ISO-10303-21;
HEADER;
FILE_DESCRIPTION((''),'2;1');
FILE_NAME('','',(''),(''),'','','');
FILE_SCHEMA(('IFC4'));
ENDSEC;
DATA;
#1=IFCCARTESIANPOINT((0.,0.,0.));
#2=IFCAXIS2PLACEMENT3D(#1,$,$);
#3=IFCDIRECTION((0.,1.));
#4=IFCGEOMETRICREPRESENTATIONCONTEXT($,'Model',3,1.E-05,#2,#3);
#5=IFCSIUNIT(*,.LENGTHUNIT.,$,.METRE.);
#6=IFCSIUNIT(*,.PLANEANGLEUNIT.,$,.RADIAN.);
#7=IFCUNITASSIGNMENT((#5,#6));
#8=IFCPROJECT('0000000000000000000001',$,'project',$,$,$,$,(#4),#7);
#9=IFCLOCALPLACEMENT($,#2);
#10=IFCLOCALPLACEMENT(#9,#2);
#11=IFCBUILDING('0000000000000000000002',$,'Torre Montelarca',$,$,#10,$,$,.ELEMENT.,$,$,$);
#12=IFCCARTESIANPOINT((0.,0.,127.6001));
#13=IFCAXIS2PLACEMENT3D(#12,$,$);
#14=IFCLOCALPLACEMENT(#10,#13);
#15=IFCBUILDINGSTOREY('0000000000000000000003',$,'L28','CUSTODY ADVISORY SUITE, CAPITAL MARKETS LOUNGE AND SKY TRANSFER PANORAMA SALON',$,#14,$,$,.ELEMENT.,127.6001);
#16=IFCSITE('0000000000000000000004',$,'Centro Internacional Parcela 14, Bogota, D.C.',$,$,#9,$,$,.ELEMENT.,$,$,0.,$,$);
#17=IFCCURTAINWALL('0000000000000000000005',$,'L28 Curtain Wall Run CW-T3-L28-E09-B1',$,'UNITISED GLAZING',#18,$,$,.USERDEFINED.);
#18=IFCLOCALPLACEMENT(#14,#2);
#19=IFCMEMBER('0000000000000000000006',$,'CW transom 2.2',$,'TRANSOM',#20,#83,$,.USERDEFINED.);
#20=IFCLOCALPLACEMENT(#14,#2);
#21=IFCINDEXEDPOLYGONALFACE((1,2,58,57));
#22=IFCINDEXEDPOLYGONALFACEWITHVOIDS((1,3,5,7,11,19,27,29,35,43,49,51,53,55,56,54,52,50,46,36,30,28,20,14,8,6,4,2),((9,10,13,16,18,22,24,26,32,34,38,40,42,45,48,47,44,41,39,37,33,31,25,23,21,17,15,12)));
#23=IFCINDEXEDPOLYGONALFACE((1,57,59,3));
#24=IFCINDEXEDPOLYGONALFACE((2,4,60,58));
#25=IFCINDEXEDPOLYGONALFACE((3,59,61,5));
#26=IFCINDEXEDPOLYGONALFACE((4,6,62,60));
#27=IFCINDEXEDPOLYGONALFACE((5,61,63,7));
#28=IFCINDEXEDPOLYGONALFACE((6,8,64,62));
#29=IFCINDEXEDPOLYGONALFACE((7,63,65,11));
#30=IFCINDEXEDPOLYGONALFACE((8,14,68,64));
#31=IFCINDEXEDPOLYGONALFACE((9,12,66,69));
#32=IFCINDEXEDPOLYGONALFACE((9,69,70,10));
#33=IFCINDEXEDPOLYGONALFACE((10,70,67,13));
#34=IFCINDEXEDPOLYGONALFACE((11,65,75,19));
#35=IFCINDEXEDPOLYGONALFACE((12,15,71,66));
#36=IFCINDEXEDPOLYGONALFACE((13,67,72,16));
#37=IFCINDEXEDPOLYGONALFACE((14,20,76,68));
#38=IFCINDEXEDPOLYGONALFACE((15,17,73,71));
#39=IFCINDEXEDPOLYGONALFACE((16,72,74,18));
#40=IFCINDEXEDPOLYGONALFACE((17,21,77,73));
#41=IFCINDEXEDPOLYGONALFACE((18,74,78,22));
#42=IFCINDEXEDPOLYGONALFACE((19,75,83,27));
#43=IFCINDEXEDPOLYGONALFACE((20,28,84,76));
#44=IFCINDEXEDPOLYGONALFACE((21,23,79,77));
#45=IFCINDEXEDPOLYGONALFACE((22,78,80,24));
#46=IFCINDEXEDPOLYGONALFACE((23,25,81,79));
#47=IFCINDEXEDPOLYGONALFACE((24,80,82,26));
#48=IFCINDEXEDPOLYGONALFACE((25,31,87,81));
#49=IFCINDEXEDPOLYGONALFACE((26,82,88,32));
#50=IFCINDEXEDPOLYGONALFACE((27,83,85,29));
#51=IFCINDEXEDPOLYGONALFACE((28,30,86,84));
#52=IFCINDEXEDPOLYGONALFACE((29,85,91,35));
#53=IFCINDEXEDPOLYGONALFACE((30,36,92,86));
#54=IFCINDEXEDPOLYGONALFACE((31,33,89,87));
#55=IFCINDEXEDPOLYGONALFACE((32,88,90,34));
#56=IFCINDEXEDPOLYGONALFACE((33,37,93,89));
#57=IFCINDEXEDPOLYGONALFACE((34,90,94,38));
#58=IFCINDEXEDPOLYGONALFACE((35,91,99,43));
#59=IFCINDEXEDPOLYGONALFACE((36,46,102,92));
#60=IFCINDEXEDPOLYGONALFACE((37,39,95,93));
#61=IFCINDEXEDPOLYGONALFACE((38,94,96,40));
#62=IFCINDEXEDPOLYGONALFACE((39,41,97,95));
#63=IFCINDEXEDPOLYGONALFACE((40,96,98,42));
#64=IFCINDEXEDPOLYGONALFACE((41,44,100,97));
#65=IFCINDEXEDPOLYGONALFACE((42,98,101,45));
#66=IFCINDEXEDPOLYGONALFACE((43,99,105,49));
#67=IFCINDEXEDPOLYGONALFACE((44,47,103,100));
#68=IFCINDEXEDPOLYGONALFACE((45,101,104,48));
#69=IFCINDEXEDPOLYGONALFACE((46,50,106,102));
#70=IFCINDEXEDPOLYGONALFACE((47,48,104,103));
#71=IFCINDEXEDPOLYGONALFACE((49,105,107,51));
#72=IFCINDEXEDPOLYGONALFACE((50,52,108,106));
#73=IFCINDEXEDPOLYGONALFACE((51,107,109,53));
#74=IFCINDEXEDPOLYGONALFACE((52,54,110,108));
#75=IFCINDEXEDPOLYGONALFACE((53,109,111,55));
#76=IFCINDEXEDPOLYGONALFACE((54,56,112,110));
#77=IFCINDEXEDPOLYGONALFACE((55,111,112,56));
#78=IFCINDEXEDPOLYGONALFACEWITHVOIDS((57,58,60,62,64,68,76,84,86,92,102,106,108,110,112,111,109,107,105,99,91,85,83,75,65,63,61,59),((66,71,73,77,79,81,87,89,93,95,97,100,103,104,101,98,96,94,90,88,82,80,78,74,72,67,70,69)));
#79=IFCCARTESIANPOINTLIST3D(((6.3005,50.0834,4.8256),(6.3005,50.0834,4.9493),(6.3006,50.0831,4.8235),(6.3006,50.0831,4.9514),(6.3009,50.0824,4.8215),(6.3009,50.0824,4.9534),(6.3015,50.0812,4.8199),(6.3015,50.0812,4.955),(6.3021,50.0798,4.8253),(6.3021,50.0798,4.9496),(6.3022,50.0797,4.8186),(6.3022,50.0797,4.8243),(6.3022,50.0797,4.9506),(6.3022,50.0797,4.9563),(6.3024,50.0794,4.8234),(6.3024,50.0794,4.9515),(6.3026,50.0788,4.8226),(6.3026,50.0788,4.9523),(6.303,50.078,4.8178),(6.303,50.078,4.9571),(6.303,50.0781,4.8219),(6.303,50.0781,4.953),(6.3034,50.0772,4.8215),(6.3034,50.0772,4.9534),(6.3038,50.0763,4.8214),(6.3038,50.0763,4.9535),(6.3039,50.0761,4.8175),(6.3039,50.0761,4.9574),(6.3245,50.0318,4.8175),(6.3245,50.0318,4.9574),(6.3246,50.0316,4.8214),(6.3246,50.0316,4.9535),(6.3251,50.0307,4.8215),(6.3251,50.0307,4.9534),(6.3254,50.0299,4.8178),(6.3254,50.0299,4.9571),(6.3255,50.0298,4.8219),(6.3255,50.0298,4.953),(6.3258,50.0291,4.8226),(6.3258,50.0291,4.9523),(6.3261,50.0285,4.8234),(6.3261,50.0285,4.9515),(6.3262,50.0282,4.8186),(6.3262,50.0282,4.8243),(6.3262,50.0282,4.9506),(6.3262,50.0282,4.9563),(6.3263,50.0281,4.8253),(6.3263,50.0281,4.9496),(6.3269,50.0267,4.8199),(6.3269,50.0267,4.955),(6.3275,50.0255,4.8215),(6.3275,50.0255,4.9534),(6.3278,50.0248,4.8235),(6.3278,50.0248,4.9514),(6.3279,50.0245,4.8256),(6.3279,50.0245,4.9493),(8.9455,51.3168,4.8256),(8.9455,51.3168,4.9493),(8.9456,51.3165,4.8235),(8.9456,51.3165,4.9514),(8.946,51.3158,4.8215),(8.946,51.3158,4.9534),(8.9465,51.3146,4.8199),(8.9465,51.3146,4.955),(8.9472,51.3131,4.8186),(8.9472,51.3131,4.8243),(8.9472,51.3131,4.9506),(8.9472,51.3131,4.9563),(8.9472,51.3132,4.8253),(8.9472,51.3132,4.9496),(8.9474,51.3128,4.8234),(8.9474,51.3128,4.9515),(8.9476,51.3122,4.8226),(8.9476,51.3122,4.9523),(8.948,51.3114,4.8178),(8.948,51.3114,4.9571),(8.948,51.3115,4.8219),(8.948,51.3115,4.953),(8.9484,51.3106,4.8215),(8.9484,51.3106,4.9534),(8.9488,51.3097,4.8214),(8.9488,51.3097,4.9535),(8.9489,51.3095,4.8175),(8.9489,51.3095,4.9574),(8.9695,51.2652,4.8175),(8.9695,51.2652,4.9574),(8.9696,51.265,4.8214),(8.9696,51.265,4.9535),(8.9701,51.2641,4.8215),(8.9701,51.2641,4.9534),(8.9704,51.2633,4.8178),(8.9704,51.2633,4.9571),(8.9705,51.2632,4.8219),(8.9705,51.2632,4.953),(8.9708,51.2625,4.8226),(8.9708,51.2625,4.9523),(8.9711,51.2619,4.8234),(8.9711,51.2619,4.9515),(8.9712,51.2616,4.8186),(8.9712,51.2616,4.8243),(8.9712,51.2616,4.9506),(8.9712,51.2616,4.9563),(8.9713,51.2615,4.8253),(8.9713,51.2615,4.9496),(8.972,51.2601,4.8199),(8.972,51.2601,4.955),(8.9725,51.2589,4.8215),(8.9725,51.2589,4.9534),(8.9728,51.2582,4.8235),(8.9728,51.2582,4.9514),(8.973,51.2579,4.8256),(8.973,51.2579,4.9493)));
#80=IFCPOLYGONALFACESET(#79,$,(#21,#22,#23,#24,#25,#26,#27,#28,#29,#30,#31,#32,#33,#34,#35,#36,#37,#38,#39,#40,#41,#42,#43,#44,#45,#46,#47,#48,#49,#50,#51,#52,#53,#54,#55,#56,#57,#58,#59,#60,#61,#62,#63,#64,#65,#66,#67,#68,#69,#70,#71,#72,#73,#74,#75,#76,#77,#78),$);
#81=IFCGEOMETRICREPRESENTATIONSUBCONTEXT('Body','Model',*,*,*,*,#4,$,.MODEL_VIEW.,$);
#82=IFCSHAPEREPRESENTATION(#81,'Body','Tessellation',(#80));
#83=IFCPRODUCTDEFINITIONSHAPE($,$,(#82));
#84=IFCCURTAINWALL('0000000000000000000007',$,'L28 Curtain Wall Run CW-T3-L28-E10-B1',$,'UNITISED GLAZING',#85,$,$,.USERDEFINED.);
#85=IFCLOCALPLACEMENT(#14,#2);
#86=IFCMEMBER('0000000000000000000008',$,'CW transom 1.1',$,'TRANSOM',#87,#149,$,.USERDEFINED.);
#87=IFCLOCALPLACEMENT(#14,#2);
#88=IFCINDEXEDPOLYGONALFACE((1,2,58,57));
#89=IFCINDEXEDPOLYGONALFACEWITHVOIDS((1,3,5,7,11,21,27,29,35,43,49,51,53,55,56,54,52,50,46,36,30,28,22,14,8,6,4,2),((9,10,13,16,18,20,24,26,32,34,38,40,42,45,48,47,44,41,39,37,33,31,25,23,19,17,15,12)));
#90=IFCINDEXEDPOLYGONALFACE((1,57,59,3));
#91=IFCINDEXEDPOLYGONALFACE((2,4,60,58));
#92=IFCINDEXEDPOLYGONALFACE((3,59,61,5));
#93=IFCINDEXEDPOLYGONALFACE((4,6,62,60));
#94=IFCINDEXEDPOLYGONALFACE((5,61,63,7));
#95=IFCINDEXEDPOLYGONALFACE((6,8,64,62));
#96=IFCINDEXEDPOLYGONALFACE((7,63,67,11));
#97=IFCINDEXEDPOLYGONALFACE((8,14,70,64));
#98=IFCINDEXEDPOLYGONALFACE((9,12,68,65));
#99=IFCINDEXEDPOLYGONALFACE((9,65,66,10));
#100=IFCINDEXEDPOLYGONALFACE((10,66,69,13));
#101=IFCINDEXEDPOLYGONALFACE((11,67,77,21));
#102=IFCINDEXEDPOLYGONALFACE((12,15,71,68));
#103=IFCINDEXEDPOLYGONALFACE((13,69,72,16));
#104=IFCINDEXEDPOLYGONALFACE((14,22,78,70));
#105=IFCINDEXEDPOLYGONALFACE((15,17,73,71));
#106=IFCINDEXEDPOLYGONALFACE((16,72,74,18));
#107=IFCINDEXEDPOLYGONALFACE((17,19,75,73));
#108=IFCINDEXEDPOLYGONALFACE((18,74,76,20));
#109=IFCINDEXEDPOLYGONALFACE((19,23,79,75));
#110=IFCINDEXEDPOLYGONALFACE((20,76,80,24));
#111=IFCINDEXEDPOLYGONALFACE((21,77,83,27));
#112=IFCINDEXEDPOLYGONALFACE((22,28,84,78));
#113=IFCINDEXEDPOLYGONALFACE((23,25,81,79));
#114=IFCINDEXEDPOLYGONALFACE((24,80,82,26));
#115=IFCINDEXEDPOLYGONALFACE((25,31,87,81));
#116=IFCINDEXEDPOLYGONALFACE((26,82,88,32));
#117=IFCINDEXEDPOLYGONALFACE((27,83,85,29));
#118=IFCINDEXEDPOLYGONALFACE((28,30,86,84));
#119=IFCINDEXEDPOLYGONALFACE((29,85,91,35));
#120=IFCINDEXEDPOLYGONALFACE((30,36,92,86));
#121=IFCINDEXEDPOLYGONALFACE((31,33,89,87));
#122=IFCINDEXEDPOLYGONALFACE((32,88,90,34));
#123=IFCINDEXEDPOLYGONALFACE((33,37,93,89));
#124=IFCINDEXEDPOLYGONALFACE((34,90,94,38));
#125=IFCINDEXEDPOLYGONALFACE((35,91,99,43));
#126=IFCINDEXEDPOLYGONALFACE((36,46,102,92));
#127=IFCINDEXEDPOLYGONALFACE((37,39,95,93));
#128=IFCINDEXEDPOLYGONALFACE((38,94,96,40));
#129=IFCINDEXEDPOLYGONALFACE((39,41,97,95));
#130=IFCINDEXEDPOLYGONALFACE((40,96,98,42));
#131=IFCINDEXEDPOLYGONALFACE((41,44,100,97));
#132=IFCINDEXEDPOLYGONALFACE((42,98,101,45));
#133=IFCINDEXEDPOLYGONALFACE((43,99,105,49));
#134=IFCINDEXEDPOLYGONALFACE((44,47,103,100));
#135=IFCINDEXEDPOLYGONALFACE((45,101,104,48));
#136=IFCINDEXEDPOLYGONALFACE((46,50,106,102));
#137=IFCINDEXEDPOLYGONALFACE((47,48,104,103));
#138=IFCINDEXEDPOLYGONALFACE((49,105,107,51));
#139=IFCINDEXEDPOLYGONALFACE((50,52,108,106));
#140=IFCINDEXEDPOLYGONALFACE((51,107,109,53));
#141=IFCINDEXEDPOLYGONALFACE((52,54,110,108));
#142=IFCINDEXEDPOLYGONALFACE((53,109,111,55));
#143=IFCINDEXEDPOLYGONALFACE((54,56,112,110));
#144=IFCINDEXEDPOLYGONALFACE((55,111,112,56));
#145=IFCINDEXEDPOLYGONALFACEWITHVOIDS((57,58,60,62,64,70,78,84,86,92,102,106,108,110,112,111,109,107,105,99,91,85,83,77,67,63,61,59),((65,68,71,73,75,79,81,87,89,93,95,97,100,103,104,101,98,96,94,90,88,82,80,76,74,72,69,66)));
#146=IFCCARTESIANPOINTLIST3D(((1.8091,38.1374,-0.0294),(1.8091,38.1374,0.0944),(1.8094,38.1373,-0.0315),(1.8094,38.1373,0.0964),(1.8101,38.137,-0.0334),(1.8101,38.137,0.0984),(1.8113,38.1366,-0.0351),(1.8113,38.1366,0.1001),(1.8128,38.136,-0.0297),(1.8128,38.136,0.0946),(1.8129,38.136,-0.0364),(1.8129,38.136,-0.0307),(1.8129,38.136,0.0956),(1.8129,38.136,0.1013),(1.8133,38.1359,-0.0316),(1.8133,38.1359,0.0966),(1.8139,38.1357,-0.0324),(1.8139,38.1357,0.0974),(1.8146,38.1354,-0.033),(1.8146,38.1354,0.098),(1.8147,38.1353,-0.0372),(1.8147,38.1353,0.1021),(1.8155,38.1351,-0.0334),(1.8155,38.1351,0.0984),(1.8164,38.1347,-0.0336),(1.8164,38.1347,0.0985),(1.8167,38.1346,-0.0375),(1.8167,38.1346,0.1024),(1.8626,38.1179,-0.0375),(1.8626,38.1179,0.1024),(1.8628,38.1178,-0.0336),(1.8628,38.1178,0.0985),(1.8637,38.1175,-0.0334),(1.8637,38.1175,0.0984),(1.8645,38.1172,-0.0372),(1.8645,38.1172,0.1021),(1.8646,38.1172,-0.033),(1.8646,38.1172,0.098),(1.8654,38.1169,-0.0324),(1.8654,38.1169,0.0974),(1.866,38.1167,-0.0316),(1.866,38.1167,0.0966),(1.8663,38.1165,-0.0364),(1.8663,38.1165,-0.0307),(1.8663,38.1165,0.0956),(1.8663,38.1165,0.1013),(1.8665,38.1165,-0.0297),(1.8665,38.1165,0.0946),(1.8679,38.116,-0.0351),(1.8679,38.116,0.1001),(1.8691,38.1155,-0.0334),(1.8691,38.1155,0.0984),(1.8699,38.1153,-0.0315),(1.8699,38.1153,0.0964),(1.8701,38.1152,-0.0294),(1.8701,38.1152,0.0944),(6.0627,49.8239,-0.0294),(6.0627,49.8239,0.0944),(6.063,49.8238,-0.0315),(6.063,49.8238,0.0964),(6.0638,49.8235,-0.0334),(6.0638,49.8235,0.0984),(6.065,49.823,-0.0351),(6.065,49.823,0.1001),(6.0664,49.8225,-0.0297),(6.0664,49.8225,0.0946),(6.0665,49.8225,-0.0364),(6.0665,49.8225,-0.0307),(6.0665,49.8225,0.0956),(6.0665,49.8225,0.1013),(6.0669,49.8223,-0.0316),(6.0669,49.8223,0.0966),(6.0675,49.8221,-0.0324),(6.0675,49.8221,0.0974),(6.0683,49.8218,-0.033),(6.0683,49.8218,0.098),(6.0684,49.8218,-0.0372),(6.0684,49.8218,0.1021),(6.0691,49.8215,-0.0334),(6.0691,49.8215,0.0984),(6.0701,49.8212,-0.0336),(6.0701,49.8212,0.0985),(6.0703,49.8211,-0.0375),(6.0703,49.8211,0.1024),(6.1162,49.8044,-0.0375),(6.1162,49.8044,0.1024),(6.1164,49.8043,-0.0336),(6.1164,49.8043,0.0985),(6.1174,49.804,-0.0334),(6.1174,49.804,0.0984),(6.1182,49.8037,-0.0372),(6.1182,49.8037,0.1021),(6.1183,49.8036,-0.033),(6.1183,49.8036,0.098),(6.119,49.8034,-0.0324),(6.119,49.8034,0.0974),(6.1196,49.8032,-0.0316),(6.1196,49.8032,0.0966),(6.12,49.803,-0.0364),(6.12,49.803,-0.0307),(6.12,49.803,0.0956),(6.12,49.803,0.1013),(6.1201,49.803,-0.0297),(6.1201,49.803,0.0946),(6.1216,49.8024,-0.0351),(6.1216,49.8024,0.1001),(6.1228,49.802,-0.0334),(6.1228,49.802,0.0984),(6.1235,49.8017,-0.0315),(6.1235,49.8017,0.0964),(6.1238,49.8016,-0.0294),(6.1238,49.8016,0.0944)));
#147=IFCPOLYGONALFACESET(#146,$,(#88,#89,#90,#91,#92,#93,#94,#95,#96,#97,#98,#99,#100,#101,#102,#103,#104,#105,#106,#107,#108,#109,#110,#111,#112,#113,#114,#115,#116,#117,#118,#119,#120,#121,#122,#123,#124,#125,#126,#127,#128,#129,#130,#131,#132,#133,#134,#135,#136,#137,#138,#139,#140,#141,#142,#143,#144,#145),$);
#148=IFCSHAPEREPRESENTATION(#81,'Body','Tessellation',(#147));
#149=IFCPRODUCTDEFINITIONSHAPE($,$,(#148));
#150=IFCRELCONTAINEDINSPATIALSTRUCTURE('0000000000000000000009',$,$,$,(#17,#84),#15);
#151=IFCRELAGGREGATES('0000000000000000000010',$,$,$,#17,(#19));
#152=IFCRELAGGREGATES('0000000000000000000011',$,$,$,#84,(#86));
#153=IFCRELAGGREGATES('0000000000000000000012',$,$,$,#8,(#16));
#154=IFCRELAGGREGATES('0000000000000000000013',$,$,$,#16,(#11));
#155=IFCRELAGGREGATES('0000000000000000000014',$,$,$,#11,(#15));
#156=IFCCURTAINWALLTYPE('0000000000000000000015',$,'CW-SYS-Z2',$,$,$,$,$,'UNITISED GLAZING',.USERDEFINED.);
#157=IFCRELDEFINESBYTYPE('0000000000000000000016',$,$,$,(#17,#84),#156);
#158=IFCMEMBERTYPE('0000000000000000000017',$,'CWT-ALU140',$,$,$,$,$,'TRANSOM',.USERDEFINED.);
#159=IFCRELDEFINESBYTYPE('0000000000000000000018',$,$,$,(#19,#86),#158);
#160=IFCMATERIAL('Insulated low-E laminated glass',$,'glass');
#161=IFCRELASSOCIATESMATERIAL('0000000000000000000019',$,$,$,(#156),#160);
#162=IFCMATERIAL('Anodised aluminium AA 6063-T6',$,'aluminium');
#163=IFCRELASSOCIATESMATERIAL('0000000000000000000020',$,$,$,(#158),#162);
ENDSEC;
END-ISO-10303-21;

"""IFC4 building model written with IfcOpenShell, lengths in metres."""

from ifc_helpers import new_model, si_unit, direction, frame, origin, origin_2d, place, context, subcontext, project, spatial, hollow_rectangle, extrude, source, transform, mapped, material, material_profile, profile_set, type_object, element, aggregate, save


model = new_model("IFC4")

# Units and contexts
model_context = context("Model", 3, precision=1e-05, world=origin(), true_north=direction((0.0, 1.0)))
body_context = subcontext(model_context, "Body", "Model", "MODEL_VIEW")
ifc_project = project(units=[si_unit("LENGTHUNIT", "METRE"), si_unit("PLANEANGLEUNIT", "RADIAN")], contexts=[model_context])

# Site, building, storey
site_placement = place(None, origin())
site = spatial("IfcSite", under=ifc_project, at=site_placement, Name="Centro Internacional Parcela 14, Bogota, D.C.", CompositionType="ELEMENT", RefElevation=0.0)
building_placement = place(site_placement, origin())
building = spatial("IfcBuilding", under=site, at=building_placement, Name="Torre Montelarca", CompositionType="ELEMENT")
storey_placement = place(building_placement, frame((0.0, 0.0, 127.6001)))
storey = spatial("IfcBuildingStorey", under=building, at=storey_placement, Name="L28", Description="CUSTODY ADVISORY SUITE, CAPITAL MARKETS LOUNGE AND SKY TRANSFER PANORAMA SALON", CompositionType="ELEMENT", Elevation=127.6001)

# Curtain walls, members
ifc_material_1 = material(Name="Insulated low-E laminated glass", Category="glass")
curtain_wall_type = type_object("IfcCurtainWallType", Name="CW-SYS-Z2", ElementType="UNITISED GLAZING", PredefinedType="USERDEFINED", material=ifc_material_1)
curtain_wall_1_placement = place(storey_placement, origin())
curtain_wall_1 = element("IfcCurtainWall", 1, at=curtain_wall_1_placement, inside=storey, type_object=curtain_wall_type, Name="L28 Curtain Wall Run CW-T3-L28-E09-B1", ObjectType="UNITISED GLAZING", PredefinedType="USERDEFINED")
ifc_material_2 = material(Name="Anodised aluminium AA 6063-T6", Category="aluminium")
ifc_material_profile_1 = material_profile(ifc_material_2, hollow_rectangle(XDim=0.0649, YDim=0.1399, WallThickness=0.0039, InnerFilletRadius=0.0039, OuterFilletRadius=0.0081, at=origin_2d()), Name="ALU65X140X4", Category="aluminium")
ifc_profile_set_1 = profile_set([ifc_material_profile_1], Name="Anodised aluminium AA 6063-T6")
member_type_1 = type_object("IfcMemberType", Name="CWT-ALU140", ElementType="TRANSOM", PredefinedType="USERDEFINED", material=ifc_profile_set_1)
shared_shape_1 = source(origin(), body_context, "Body", "SweptSolid", [
    extrude(hollow_rectangle(XDim=0.0649, YDim=0.1399, WallThickness=0.0039, InnerFilletRadius=0.0039, OuterFilletRadius=0.0081, at=origin_2d()), origin(), (0.0, 0.0, 1.0), 2.9185),
])
member_1_placement = place(storey_placement, frame((8.9592, 51.2874, 4.8875), z_axis=(-0.906307, -0.42262, 0.0), x_axis=(0.42262, -0.906307, 0.0)))
member_1 = element("IfcMember", 2, at=member_1_placement, type_object=member_type_1, Name="CW transom 2.2", ObjectType="TRANSOM", PredefinedType="USERDEFINED", context=body_context, shape_type="MappedRepresentation", body=[
    mapped(shared_shape_1, transform((0.0, 0.0, 0.0), scale=1.0)),
])
curtain_wall_2_placement = place(storey_placement, origin())
curtain_wall_2 = element("IfcCurtainWall", 3, at=curtain_wall_2_placement, inside=storey, type_object=curtain_wall_type, Name="L28 Curtain Wall Run CW-T3-L28-E10-B1", ObjectType="UNITISED GLAZING", PredefinedType="USERDEFINED")
shared_shape_2 = source(origin(), body_context, "Body", "SweptSolid", [
    extrude(hollow_rectangle(XDim=0.0649, YDim=0.1399, WallThickness=0.0039, InnerFilletRadius=0.0039, OuterFilletRadius=0.0081, at=origin_2d()), origin(), (0.0, 0.0, 1.0), 12.4365),
])
member_2_placement = place(storey_placement, frame((6.0933, 49.8127, 0.0325), z_axis=(-0.342028, -0.93969, 0.0), x_axis=(0.93969, -0.342028, 0.0)))
member_2 = element("IfcMember", 4, at=member_2_placement, type_object=member_type_1, Name="CW transom 1.1", ObjectType="TRANSOM", PredefinedType="USERDEFINED", context=body_context, shape_type="MappedRepresentation", body=[
    mapped(shared_shape_2, transform((0.0, 0.0, 0.0), scale=1.0)),
])

aggregate(curtain_wall_1, [member_1])
aggregate(curtain_wall_2, [member_2])

save(model, "model.ifc")
